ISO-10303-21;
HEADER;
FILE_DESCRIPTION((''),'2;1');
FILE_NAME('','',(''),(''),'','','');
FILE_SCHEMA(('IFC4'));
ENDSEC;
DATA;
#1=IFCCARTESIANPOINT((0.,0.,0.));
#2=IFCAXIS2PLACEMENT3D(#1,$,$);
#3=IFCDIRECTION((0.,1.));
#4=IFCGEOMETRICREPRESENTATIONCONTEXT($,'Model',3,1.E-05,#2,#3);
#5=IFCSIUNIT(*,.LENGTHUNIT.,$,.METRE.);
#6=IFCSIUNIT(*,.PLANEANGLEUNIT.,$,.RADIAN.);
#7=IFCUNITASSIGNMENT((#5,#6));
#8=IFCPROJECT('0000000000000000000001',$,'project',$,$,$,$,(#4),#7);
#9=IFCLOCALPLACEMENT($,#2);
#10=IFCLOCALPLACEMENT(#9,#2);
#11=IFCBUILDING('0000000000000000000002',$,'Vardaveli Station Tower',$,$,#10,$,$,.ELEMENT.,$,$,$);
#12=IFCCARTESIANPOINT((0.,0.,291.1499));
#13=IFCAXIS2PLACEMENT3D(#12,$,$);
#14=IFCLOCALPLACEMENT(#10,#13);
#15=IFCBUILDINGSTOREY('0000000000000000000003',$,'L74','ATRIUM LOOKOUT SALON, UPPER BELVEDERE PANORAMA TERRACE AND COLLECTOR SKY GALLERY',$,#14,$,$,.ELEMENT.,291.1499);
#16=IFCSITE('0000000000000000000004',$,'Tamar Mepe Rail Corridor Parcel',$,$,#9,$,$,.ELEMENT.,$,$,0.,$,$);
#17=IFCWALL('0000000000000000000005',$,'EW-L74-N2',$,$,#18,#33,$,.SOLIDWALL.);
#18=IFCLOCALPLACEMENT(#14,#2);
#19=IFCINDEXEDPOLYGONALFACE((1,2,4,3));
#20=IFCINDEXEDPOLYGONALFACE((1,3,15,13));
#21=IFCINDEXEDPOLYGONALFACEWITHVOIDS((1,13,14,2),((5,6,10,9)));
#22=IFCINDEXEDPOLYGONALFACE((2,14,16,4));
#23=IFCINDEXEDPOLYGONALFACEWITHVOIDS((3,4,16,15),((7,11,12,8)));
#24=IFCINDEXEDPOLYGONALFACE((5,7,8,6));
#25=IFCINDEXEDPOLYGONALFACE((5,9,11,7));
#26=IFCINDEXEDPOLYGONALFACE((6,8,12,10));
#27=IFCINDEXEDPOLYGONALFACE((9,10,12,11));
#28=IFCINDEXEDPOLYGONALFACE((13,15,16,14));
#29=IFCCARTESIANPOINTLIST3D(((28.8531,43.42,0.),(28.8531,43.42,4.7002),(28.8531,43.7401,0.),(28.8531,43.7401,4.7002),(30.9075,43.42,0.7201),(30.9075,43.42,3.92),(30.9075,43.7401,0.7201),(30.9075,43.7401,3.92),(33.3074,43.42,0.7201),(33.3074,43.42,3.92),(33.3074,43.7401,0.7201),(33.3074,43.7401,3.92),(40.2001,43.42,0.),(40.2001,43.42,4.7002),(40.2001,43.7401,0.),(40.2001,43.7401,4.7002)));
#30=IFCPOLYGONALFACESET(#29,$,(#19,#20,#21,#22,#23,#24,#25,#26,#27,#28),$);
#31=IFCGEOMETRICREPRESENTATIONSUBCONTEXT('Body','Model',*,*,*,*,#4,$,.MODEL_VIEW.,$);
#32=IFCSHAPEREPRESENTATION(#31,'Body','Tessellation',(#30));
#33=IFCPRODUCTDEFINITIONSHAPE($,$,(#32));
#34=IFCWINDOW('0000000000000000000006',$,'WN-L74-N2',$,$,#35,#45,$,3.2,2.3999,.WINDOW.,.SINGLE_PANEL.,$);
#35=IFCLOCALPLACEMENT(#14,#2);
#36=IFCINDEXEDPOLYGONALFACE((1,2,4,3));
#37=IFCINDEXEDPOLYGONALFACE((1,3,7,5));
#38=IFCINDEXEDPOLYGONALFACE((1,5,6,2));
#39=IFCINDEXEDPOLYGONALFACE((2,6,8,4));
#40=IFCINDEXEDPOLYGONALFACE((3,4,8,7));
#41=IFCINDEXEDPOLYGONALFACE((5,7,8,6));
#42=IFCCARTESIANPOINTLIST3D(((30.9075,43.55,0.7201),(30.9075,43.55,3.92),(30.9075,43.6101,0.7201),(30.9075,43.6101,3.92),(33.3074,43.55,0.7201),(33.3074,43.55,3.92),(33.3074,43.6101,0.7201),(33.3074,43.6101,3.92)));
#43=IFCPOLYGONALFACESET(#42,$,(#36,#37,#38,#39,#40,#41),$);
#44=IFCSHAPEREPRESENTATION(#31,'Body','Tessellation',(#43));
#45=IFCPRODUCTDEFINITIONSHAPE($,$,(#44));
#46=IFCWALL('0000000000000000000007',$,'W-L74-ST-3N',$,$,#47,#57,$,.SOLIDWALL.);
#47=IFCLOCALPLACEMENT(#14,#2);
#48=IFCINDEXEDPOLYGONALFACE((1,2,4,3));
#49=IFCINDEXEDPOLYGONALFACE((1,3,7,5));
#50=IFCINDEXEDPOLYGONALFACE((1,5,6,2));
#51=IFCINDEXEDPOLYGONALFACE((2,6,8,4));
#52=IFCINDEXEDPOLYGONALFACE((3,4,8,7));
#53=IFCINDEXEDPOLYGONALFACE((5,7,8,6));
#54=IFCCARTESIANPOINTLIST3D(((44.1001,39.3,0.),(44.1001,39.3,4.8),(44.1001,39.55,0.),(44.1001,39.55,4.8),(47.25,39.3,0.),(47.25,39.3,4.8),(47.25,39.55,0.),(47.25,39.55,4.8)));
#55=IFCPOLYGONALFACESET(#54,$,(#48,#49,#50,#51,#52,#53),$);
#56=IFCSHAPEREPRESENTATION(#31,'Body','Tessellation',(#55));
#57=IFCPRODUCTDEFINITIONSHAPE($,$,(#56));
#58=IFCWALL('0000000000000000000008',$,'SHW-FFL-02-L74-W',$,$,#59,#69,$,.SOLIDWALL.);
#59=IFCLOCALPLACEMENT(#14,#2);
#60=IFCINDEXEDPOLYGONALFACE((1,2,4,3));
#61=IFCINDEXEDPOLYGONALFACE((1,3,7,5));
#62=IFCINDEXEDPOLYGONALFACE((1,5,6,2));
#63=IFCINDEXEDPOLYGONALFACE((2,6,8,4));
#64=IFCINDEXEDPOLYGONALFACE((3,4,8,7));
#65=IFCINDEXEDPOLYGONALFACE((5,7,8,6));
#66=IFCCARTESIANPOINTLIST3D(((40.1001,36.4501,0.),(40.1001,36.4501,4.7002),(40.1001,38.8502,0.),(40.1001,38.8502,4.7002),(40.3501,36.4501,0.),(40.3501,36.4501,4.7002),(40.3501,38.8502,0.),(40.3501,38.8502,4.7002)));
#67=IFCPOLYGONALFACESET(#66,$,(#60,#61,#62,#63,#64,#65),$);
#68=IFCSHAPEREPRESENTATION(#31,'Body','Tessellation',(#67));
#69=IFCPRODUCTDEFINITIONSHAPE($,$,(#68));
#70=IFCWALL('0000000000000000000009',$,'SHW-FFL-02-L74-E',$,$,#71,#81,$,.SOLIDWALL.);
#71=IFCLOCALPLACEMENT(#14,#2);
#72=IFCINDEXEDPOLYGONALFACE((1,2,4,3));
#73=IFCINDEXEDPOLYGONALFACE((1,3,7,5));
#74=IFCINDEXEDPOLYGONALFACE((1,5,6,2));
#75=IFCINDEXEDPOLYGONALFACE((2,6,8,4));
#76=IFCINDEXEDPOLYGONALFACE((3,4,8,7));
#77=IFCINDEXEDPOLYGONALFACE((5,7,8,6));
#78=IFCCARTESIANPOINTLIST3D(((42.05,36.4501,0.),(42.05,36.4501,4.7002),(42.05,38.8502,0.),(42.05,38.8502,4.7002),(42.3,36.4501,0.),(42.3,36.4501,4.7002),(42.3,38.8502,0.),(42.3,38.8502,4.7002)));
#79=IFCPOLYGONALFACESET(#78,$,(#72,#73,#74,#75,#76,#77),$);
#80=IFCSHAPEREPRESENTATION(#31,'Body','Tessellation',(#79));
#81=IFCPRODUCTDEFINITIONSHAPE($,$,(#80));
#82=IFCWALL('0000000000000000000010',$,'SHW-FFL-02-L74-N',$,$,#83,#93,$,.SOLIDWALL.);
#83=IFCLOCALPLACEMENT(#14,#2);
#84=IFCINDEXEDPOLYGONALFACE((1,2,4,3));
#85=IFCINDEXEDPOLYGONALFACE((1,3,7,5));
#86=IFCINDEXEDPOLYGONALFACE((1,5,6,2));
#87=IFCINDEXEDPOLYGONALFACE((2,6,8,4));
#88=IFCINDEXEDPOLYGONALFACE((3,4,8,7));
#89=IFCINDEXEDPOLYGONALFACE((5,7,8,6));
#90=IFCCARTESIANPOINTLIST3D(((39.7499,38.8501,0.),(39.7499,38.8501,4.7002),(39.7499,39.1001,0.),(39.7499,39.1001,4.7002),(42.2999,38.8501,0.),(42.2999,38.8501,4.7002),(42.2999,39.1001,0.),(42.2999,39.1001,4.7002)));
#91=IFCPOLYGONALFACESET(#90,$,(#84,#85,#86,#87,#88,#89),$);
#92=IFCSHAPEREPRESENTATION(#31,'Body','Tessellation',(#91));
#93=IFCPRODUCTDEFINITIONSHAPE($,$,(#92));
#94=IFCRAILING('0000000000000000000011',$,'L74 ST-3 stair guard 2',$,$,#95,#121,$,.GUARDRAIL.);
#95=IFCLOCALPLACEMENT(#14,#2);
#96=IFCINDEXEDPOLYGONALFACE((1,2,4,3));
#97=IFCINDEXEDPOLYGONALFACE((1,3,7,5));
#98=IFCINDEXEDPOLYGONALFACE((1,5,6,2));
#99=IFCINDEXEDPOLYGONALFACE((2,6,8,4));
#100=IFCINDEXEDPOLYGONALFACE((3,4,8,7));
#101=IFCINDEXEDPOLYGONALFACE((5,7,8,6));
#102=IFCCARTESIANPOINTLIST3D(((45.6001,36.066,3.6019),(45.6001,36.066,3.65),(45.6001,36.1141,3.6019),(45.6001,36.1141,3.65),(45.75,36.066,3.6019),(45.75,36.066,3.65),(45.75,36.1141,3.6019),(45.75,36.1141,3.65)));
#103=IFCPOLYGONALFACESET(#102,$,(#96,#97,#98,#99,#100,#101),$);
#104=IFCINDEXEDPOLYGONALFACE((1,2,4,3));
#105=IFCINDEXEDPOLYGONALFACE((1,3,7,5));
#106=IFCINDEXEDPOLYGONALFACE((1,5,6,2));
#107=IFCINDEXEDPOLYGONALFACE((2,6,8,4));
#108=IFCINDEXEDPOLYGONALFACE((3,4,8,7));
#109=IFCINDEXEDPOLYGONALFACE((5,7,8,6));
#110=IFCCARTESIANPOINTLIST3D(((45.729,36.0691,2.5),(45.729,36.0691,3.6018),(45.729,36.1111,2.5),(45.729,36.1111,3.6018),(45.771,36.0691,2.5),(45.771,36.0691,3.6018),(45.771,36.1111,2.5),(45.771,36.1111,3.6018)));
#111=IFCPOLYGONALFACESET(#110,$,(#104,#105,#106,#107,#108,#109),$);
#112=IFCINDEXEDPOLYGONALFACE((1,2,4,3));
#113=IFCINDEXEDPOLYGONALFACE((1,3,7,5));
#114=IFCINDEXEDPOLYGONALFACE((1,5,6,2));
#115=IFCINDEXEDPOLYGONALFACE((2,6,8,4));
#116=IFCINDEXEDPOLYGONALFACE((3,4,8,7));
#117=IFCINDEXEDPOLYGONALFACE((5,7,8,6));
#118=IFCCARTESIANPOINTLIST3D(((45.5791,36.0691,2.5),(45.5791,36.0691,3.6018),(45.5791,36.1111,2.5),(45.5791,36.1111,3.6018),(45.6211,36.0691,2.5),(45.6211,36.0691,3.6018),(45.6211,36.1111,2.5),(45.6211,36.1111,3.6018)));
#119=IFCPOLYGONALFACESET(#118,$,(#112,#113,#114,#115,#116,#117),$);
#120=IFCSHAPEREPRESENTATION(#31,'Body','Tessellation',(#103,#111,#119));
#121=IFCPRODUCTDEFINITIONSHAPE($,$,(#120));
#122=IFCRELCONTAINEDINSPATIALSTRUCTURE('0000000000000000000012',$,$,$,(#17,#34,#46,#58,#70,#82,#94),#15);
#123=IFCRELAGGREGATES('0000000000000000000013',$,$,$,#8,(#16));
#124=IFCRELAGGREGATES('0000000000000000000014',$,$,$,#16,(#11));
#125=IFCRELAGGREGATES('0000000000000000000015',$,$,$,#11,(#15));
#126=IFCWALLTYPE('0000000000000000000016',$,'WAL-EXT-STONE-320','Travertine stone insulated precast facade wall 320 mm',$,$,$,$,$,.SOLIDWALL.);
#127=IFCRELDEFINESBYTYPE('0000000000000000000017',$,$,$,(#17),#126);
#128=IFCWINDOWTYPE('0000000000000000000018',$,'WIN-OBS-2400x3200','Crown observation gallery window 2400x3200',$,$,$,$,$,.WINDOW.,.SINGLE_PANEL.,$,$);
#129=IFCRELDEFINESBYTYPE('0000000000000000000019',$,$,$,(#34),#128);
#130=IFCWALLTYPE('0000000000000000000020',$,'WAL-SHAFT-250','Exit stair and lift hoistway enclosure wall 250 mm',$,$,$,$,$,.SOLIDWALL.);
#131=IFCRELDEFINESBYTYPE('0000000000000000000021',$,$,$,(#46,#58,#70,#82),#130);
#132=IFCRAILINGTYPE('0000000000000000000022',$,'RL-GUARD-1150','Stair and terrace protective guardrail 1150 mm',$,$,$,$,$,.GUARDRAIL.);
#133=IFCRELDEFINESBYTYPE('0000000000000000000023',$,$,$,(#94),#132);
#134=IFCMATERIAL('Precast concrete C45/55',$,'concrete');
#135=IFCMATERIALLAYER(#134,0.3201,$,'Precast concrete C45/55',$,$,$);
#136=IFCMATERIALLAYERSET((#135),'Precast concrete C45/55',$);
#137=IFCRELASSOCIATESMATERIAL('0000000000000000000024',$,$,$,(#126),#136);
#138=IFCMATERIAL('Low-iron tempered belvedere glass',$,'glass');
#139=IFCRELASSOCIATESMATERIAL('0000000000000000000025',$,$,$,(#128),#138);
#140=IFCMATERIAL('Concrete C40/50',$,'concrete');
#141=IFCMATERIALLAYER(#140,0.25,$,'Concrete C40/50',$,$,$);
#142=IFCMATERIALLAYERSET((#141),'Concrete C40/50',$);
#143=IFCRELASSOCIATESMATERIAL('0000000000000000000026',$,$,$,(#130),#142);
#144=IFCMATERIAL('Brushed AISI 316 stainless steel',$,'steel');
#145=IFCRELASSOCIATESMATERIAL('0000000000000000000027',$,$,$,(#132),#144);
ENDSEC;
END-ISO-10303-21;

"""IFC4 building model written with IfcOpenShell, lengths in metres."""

from ifc_helpers import new_model, si_unit, direction, frame, frame_2d, origin, origin_2d, place, context, subcontext, project, spatial, rectangle, extrude, source, transform, mapped, material, layer, layer_set, type_object, element, fill, save


model = new_model("IFC4")

# Units and contexts
model_context = context("Model", 3, precision=1e-05, world=origin(), true_north=direction((0.0, 1.0)))
body_context = subcontext(model_context, "Body", "Model", "MODEL_VIEW")
ifc_project = project(units=[si_unit("LENGTHUNIT", "METRE"), si_unit("PLANEANGLEUNIT", "RADIAN")], contexts=[model_context])

# Site, building, storey
site_placement = place(None, origin())
site = spatial("IfcSite", under=ifc_project, at=site_placement, Name="Tamar Mepe Rail Corridor Parcel", CompositionType="ELEMENT", RefElevation=0.0)
building_placement = place(site_placement, origin())
building = spatial("IfcBuilding", under=site, at=building_placement, Name="Vardaveli Station Tower", CompositionType="ELEMENT")
storey_placement = place(building_placement, frame((0.0, 0.0, 291.1499)))
storey = spatial("IfcBuildingStorey", under=building, at=storey_placement, Name="L74", Description="ATRIUM LOOKOUT SALON, UPPER BELVEDERE PANORAMA TERRACE AND COLLECTOR SKY GALLERY", CompositionType="ELEMENT", Elevation=291.1499)

# Shared definitions
ifc_material_1 = material(Name="Precast concrete C45/55", Category="concrete")

# Wall, opening, window
ifc_layer_1 = layer(ifc_material_1, 0.3201, Name="Precast concrete C45/55")
ifc_layer_set_1 = layer_set([ifc_layer_1], Name="Precast concrete C45/55")
wall_type_1 = type_object("IfcWallType", Name="WAL-EXT-STONE-320", Description="Travertine stone insulated precast facade wall 320 mm", PredefinedType="SOLIDWALL", material=ifc_layer_set_1)
shared_shape_1 = source(origin(), body_context, "Body", "SweptSolid", [
    extrude(rectangle(XDim=11.3469, YDim=0.3201, at=frame_2d((5.6733, 0.0))), origin(), (0.0, 0.0, 1.0), 4.7002),
])
wall_1_placement = place(storey_placement, frame((40.2, 43.5801, 0.0), z_axis=(0.0, 0.0, 1.0), x_axis=(-1.0, 0.0, 0.0)))
wall_1 = element("IfcWall", 1, at=wall_1_placement, inside=storey, type_object=wall_type_1, Name="EW-L74-N2", PredefinedType="SOLIDWALL", context=body_context, shape_type="MappedRepresentation", body=[
    mapped(shared_shape_1, transform((0.0, 0.0, 0.0), scale=1.0)),
])
shared_shape_2 = source(origin(), body_context, "Body", "SweptSolid", [
    extrude(rectangle(XDim=2.3999, YDim=3.2, at=frame_2d((1.2, 1.6001))), frame((0.0, 0.1699, 0.0), z_axis=(0.0, -1.0, 0.0), x_axis=(1.0, 0.0, 0.0)), (0.0, 0.0, 1.0), 0.3401),
])
opening_placement = place(wall_1_placement, frame((6.8926, 0.0, 0.72)))
opening = element("IfcOpeningElement", 2, at=opening_placement, cuts=wall_1, PredefinedType="OPENING", context=body_context, shape_type="MappedRepresentation", body=[
    mapped(shared_shape_2, transform((0.0, 0.0, 0.0), scale=1.0)),
])
ifc_material_2 = material(Name="Low-iron tempered belvedere glass", Category="glass")
window_type = type_object("IfcWindowType", Name="WIN-OBS-2400x3200", Description="Crown observation gallery window 2400x3200", PartitioningType="SINGLE_PANEL", PredefinedType="WINDOW", material=ifc_material_2)
shared_shape_3 = source(origin(), body_context, "Body", "SweptSolid", [
    extrude(rectangle(XDim=2.3999, YDim=3.2, at=frame_2d((1.2, 1.6001))), frame((0.0, 0.03, 0.0), z_axis=(0.0, -1.0, 0.0), x_axis=(1.0, 0.0, 0.0)), (0.0, 0.0, 1.0), 0.0601),
])
window_placement = place(opening_placement, origin())
window = element("IfcWindow", 3, at=window_placement, inside=storey, type_object=window_type, Name="WN-L74-N2", OverallHeight=3.2, OverallWidth=2.3999, PartitioningType="SINGLE_PANEL", PredefinedType="WINDOW", context=body_context, shape_type="MappedRepresentation", body=[
    mapped(shared_shape_3, transform((0.0, 0.0, 0.0), scale=1.0)),
])
fill(opening, window)

# Walls
ifc_material_3 = material(Name="Concrete C40/50", Category="concrete")
ifc_layer_2 = layer(ifc_material_3, 0.25, Name="Concrete C40/50")
ifc_layer_set_2 = layer_set([ifc_layer_2], Name="Concrete C40/50")
wall_type_2 = type_object("IfcWallType", Name="WAL-SHAFT-250", Description="Exit stair and lift hoistway enclosure wall 250 mm", PredefinedType="SOLIDWALL", material=ifc_layer_set_2)
shared_shape_4 = source(origin(), body_context, "Body", "SweptSolid", [
    extrude(rectangle(XDim=3.1499, YDim=0.25, at=frame_2d((1.575, 0.0))), origin(), (0.0, 0.0, 1.0), 4.8),
])
wall_2_placement = place(storey_placement, frame((44.1001, 39.425, 0.0), z_axis=(0.0, 0.0, 1.0), x_axis=(1.0, 0.0, 0.0)))
element("IfcWall", 4, at=wall_2_placement, inside=storey, type_object=wall_type_2, Name="W-L74-ST-3N", PredefinedType="SOLIDWALL", context=body_context, shape_type="MappedRepresentation", body=[
    mapped(shared_shape_4, transform((0.0, 0.0, 0.0), scale=1.0)),
])
shared_shape_5 = source(origin(), body_context, "Body", "SweptSolid", [
    extrude(rectangle(XDim=2.4001, YDim=0.25, at=frame_2d((1.2002, 0.0))), origin(), (0.0, 0.0, 1.0), 4.7002),
])
for number, where, z_axis, x_axis, name in (
    (5, (40.2251, 36.45, 0.0), (0.0, 0.0, 1.0), (0.0, 1.0, 0.0), "SHW-FFL-02-L74-W"),
    (6, (42.175, 36.45, 0.0), (0.0, 0.0, 1.0), (0.0, 1.0, 0.0), "SHW-FFL-02-L74-E"),
):
    element("IfcWall", number, at=place(storey_placement, frame(where, z_axis=z_axis, x_axis=x_axis)), inside=storey, type_object=wall_type_2, Name=name, PredefinedType="SOLIDWALL", context=body_context, shape_type="MappedRepresentation", body=[
        mapped(shared_shape_5, transform((0.0, 0.0, 0.0), scale=1.0)),
    ])
shared_shape_6 = source(origin(), body_context, "Body", "SweptSolid", [
    extrude(rectangle(XDim=2.55, YDim=0.25, at=frame_2d((1.2749, 0.0))), origin(), (0.0, 0.0, 1.0), 4.7002),
])
wall_3_placement = place(storey_placement, frame((39.75, 38.9751, 0.0), z_axis=(0.0, 0.0, 1.0), x_axis=(1.0, 0.0, 0.0)))
element("IfcWall", 7, at=wall_3_placement, inside=storey, type_object=wall_type_2, Name="SHW-FFL-02-L74-N", PredefinedType="SOLIDWALL", context=body_context, shape_type="MappedRepresentation", body=[
    mapped(shared_shape_6, transform((0.0, 0.0, 0.0), scale=1.0)),
])

# Railing
ifc_material_4 = material(Name="Brushed AISI 316 stainless steel", Category="steel")
railing_type = type_object("IfcRailingType", Name="RL-GUARD-1150", Description="Stair and terrace protective guardrail 1150 mm", PredefinedType="GUARDRAIL", material=ifc_material_4)
shared_shape_7 = source(origin(), body_context, "Body", "SweptSolid", [
    extrude(rectangle(XDim=0.0481, YDim=0.0481, at=origin_2d()), frame((0.0, 0.0, 1.126), z_axis=(-1.0, 0.0, 0.0), x_axis=(0.0, -1.0, 0.0)), (0.0, 0.0, 1.0), 0.1499),
    extrude(rectangle(XDim=0.042, YDim=0.042, at=origin_2d()), origin(), (0.0, 0.0, 1.0), 1.1018),
    extrude(rectangle(XDim=0.042, YDim=0.042, at=origin_2d()), frame((-0.1499, 0.0, 0.0)), (0.0, 0.0, 1.0), 1.1018),
])
railing_placement = place(storey_placement, frame((45.75, 36.0901, 2.5)))
element("IfcRailing", 8, at=railing_placement, inside=storey, type_object=railing_type, Name="L74 ST-3 stair guard 2", PredefinedType="GUARDRAIL", context=body_context, shape_type="MappedRepresentation", body=[
    mapped(shared_shape_7, transform((0.0, 0.0, 0.0), scale=1.0)),
])

save(model, "model.ifc")
